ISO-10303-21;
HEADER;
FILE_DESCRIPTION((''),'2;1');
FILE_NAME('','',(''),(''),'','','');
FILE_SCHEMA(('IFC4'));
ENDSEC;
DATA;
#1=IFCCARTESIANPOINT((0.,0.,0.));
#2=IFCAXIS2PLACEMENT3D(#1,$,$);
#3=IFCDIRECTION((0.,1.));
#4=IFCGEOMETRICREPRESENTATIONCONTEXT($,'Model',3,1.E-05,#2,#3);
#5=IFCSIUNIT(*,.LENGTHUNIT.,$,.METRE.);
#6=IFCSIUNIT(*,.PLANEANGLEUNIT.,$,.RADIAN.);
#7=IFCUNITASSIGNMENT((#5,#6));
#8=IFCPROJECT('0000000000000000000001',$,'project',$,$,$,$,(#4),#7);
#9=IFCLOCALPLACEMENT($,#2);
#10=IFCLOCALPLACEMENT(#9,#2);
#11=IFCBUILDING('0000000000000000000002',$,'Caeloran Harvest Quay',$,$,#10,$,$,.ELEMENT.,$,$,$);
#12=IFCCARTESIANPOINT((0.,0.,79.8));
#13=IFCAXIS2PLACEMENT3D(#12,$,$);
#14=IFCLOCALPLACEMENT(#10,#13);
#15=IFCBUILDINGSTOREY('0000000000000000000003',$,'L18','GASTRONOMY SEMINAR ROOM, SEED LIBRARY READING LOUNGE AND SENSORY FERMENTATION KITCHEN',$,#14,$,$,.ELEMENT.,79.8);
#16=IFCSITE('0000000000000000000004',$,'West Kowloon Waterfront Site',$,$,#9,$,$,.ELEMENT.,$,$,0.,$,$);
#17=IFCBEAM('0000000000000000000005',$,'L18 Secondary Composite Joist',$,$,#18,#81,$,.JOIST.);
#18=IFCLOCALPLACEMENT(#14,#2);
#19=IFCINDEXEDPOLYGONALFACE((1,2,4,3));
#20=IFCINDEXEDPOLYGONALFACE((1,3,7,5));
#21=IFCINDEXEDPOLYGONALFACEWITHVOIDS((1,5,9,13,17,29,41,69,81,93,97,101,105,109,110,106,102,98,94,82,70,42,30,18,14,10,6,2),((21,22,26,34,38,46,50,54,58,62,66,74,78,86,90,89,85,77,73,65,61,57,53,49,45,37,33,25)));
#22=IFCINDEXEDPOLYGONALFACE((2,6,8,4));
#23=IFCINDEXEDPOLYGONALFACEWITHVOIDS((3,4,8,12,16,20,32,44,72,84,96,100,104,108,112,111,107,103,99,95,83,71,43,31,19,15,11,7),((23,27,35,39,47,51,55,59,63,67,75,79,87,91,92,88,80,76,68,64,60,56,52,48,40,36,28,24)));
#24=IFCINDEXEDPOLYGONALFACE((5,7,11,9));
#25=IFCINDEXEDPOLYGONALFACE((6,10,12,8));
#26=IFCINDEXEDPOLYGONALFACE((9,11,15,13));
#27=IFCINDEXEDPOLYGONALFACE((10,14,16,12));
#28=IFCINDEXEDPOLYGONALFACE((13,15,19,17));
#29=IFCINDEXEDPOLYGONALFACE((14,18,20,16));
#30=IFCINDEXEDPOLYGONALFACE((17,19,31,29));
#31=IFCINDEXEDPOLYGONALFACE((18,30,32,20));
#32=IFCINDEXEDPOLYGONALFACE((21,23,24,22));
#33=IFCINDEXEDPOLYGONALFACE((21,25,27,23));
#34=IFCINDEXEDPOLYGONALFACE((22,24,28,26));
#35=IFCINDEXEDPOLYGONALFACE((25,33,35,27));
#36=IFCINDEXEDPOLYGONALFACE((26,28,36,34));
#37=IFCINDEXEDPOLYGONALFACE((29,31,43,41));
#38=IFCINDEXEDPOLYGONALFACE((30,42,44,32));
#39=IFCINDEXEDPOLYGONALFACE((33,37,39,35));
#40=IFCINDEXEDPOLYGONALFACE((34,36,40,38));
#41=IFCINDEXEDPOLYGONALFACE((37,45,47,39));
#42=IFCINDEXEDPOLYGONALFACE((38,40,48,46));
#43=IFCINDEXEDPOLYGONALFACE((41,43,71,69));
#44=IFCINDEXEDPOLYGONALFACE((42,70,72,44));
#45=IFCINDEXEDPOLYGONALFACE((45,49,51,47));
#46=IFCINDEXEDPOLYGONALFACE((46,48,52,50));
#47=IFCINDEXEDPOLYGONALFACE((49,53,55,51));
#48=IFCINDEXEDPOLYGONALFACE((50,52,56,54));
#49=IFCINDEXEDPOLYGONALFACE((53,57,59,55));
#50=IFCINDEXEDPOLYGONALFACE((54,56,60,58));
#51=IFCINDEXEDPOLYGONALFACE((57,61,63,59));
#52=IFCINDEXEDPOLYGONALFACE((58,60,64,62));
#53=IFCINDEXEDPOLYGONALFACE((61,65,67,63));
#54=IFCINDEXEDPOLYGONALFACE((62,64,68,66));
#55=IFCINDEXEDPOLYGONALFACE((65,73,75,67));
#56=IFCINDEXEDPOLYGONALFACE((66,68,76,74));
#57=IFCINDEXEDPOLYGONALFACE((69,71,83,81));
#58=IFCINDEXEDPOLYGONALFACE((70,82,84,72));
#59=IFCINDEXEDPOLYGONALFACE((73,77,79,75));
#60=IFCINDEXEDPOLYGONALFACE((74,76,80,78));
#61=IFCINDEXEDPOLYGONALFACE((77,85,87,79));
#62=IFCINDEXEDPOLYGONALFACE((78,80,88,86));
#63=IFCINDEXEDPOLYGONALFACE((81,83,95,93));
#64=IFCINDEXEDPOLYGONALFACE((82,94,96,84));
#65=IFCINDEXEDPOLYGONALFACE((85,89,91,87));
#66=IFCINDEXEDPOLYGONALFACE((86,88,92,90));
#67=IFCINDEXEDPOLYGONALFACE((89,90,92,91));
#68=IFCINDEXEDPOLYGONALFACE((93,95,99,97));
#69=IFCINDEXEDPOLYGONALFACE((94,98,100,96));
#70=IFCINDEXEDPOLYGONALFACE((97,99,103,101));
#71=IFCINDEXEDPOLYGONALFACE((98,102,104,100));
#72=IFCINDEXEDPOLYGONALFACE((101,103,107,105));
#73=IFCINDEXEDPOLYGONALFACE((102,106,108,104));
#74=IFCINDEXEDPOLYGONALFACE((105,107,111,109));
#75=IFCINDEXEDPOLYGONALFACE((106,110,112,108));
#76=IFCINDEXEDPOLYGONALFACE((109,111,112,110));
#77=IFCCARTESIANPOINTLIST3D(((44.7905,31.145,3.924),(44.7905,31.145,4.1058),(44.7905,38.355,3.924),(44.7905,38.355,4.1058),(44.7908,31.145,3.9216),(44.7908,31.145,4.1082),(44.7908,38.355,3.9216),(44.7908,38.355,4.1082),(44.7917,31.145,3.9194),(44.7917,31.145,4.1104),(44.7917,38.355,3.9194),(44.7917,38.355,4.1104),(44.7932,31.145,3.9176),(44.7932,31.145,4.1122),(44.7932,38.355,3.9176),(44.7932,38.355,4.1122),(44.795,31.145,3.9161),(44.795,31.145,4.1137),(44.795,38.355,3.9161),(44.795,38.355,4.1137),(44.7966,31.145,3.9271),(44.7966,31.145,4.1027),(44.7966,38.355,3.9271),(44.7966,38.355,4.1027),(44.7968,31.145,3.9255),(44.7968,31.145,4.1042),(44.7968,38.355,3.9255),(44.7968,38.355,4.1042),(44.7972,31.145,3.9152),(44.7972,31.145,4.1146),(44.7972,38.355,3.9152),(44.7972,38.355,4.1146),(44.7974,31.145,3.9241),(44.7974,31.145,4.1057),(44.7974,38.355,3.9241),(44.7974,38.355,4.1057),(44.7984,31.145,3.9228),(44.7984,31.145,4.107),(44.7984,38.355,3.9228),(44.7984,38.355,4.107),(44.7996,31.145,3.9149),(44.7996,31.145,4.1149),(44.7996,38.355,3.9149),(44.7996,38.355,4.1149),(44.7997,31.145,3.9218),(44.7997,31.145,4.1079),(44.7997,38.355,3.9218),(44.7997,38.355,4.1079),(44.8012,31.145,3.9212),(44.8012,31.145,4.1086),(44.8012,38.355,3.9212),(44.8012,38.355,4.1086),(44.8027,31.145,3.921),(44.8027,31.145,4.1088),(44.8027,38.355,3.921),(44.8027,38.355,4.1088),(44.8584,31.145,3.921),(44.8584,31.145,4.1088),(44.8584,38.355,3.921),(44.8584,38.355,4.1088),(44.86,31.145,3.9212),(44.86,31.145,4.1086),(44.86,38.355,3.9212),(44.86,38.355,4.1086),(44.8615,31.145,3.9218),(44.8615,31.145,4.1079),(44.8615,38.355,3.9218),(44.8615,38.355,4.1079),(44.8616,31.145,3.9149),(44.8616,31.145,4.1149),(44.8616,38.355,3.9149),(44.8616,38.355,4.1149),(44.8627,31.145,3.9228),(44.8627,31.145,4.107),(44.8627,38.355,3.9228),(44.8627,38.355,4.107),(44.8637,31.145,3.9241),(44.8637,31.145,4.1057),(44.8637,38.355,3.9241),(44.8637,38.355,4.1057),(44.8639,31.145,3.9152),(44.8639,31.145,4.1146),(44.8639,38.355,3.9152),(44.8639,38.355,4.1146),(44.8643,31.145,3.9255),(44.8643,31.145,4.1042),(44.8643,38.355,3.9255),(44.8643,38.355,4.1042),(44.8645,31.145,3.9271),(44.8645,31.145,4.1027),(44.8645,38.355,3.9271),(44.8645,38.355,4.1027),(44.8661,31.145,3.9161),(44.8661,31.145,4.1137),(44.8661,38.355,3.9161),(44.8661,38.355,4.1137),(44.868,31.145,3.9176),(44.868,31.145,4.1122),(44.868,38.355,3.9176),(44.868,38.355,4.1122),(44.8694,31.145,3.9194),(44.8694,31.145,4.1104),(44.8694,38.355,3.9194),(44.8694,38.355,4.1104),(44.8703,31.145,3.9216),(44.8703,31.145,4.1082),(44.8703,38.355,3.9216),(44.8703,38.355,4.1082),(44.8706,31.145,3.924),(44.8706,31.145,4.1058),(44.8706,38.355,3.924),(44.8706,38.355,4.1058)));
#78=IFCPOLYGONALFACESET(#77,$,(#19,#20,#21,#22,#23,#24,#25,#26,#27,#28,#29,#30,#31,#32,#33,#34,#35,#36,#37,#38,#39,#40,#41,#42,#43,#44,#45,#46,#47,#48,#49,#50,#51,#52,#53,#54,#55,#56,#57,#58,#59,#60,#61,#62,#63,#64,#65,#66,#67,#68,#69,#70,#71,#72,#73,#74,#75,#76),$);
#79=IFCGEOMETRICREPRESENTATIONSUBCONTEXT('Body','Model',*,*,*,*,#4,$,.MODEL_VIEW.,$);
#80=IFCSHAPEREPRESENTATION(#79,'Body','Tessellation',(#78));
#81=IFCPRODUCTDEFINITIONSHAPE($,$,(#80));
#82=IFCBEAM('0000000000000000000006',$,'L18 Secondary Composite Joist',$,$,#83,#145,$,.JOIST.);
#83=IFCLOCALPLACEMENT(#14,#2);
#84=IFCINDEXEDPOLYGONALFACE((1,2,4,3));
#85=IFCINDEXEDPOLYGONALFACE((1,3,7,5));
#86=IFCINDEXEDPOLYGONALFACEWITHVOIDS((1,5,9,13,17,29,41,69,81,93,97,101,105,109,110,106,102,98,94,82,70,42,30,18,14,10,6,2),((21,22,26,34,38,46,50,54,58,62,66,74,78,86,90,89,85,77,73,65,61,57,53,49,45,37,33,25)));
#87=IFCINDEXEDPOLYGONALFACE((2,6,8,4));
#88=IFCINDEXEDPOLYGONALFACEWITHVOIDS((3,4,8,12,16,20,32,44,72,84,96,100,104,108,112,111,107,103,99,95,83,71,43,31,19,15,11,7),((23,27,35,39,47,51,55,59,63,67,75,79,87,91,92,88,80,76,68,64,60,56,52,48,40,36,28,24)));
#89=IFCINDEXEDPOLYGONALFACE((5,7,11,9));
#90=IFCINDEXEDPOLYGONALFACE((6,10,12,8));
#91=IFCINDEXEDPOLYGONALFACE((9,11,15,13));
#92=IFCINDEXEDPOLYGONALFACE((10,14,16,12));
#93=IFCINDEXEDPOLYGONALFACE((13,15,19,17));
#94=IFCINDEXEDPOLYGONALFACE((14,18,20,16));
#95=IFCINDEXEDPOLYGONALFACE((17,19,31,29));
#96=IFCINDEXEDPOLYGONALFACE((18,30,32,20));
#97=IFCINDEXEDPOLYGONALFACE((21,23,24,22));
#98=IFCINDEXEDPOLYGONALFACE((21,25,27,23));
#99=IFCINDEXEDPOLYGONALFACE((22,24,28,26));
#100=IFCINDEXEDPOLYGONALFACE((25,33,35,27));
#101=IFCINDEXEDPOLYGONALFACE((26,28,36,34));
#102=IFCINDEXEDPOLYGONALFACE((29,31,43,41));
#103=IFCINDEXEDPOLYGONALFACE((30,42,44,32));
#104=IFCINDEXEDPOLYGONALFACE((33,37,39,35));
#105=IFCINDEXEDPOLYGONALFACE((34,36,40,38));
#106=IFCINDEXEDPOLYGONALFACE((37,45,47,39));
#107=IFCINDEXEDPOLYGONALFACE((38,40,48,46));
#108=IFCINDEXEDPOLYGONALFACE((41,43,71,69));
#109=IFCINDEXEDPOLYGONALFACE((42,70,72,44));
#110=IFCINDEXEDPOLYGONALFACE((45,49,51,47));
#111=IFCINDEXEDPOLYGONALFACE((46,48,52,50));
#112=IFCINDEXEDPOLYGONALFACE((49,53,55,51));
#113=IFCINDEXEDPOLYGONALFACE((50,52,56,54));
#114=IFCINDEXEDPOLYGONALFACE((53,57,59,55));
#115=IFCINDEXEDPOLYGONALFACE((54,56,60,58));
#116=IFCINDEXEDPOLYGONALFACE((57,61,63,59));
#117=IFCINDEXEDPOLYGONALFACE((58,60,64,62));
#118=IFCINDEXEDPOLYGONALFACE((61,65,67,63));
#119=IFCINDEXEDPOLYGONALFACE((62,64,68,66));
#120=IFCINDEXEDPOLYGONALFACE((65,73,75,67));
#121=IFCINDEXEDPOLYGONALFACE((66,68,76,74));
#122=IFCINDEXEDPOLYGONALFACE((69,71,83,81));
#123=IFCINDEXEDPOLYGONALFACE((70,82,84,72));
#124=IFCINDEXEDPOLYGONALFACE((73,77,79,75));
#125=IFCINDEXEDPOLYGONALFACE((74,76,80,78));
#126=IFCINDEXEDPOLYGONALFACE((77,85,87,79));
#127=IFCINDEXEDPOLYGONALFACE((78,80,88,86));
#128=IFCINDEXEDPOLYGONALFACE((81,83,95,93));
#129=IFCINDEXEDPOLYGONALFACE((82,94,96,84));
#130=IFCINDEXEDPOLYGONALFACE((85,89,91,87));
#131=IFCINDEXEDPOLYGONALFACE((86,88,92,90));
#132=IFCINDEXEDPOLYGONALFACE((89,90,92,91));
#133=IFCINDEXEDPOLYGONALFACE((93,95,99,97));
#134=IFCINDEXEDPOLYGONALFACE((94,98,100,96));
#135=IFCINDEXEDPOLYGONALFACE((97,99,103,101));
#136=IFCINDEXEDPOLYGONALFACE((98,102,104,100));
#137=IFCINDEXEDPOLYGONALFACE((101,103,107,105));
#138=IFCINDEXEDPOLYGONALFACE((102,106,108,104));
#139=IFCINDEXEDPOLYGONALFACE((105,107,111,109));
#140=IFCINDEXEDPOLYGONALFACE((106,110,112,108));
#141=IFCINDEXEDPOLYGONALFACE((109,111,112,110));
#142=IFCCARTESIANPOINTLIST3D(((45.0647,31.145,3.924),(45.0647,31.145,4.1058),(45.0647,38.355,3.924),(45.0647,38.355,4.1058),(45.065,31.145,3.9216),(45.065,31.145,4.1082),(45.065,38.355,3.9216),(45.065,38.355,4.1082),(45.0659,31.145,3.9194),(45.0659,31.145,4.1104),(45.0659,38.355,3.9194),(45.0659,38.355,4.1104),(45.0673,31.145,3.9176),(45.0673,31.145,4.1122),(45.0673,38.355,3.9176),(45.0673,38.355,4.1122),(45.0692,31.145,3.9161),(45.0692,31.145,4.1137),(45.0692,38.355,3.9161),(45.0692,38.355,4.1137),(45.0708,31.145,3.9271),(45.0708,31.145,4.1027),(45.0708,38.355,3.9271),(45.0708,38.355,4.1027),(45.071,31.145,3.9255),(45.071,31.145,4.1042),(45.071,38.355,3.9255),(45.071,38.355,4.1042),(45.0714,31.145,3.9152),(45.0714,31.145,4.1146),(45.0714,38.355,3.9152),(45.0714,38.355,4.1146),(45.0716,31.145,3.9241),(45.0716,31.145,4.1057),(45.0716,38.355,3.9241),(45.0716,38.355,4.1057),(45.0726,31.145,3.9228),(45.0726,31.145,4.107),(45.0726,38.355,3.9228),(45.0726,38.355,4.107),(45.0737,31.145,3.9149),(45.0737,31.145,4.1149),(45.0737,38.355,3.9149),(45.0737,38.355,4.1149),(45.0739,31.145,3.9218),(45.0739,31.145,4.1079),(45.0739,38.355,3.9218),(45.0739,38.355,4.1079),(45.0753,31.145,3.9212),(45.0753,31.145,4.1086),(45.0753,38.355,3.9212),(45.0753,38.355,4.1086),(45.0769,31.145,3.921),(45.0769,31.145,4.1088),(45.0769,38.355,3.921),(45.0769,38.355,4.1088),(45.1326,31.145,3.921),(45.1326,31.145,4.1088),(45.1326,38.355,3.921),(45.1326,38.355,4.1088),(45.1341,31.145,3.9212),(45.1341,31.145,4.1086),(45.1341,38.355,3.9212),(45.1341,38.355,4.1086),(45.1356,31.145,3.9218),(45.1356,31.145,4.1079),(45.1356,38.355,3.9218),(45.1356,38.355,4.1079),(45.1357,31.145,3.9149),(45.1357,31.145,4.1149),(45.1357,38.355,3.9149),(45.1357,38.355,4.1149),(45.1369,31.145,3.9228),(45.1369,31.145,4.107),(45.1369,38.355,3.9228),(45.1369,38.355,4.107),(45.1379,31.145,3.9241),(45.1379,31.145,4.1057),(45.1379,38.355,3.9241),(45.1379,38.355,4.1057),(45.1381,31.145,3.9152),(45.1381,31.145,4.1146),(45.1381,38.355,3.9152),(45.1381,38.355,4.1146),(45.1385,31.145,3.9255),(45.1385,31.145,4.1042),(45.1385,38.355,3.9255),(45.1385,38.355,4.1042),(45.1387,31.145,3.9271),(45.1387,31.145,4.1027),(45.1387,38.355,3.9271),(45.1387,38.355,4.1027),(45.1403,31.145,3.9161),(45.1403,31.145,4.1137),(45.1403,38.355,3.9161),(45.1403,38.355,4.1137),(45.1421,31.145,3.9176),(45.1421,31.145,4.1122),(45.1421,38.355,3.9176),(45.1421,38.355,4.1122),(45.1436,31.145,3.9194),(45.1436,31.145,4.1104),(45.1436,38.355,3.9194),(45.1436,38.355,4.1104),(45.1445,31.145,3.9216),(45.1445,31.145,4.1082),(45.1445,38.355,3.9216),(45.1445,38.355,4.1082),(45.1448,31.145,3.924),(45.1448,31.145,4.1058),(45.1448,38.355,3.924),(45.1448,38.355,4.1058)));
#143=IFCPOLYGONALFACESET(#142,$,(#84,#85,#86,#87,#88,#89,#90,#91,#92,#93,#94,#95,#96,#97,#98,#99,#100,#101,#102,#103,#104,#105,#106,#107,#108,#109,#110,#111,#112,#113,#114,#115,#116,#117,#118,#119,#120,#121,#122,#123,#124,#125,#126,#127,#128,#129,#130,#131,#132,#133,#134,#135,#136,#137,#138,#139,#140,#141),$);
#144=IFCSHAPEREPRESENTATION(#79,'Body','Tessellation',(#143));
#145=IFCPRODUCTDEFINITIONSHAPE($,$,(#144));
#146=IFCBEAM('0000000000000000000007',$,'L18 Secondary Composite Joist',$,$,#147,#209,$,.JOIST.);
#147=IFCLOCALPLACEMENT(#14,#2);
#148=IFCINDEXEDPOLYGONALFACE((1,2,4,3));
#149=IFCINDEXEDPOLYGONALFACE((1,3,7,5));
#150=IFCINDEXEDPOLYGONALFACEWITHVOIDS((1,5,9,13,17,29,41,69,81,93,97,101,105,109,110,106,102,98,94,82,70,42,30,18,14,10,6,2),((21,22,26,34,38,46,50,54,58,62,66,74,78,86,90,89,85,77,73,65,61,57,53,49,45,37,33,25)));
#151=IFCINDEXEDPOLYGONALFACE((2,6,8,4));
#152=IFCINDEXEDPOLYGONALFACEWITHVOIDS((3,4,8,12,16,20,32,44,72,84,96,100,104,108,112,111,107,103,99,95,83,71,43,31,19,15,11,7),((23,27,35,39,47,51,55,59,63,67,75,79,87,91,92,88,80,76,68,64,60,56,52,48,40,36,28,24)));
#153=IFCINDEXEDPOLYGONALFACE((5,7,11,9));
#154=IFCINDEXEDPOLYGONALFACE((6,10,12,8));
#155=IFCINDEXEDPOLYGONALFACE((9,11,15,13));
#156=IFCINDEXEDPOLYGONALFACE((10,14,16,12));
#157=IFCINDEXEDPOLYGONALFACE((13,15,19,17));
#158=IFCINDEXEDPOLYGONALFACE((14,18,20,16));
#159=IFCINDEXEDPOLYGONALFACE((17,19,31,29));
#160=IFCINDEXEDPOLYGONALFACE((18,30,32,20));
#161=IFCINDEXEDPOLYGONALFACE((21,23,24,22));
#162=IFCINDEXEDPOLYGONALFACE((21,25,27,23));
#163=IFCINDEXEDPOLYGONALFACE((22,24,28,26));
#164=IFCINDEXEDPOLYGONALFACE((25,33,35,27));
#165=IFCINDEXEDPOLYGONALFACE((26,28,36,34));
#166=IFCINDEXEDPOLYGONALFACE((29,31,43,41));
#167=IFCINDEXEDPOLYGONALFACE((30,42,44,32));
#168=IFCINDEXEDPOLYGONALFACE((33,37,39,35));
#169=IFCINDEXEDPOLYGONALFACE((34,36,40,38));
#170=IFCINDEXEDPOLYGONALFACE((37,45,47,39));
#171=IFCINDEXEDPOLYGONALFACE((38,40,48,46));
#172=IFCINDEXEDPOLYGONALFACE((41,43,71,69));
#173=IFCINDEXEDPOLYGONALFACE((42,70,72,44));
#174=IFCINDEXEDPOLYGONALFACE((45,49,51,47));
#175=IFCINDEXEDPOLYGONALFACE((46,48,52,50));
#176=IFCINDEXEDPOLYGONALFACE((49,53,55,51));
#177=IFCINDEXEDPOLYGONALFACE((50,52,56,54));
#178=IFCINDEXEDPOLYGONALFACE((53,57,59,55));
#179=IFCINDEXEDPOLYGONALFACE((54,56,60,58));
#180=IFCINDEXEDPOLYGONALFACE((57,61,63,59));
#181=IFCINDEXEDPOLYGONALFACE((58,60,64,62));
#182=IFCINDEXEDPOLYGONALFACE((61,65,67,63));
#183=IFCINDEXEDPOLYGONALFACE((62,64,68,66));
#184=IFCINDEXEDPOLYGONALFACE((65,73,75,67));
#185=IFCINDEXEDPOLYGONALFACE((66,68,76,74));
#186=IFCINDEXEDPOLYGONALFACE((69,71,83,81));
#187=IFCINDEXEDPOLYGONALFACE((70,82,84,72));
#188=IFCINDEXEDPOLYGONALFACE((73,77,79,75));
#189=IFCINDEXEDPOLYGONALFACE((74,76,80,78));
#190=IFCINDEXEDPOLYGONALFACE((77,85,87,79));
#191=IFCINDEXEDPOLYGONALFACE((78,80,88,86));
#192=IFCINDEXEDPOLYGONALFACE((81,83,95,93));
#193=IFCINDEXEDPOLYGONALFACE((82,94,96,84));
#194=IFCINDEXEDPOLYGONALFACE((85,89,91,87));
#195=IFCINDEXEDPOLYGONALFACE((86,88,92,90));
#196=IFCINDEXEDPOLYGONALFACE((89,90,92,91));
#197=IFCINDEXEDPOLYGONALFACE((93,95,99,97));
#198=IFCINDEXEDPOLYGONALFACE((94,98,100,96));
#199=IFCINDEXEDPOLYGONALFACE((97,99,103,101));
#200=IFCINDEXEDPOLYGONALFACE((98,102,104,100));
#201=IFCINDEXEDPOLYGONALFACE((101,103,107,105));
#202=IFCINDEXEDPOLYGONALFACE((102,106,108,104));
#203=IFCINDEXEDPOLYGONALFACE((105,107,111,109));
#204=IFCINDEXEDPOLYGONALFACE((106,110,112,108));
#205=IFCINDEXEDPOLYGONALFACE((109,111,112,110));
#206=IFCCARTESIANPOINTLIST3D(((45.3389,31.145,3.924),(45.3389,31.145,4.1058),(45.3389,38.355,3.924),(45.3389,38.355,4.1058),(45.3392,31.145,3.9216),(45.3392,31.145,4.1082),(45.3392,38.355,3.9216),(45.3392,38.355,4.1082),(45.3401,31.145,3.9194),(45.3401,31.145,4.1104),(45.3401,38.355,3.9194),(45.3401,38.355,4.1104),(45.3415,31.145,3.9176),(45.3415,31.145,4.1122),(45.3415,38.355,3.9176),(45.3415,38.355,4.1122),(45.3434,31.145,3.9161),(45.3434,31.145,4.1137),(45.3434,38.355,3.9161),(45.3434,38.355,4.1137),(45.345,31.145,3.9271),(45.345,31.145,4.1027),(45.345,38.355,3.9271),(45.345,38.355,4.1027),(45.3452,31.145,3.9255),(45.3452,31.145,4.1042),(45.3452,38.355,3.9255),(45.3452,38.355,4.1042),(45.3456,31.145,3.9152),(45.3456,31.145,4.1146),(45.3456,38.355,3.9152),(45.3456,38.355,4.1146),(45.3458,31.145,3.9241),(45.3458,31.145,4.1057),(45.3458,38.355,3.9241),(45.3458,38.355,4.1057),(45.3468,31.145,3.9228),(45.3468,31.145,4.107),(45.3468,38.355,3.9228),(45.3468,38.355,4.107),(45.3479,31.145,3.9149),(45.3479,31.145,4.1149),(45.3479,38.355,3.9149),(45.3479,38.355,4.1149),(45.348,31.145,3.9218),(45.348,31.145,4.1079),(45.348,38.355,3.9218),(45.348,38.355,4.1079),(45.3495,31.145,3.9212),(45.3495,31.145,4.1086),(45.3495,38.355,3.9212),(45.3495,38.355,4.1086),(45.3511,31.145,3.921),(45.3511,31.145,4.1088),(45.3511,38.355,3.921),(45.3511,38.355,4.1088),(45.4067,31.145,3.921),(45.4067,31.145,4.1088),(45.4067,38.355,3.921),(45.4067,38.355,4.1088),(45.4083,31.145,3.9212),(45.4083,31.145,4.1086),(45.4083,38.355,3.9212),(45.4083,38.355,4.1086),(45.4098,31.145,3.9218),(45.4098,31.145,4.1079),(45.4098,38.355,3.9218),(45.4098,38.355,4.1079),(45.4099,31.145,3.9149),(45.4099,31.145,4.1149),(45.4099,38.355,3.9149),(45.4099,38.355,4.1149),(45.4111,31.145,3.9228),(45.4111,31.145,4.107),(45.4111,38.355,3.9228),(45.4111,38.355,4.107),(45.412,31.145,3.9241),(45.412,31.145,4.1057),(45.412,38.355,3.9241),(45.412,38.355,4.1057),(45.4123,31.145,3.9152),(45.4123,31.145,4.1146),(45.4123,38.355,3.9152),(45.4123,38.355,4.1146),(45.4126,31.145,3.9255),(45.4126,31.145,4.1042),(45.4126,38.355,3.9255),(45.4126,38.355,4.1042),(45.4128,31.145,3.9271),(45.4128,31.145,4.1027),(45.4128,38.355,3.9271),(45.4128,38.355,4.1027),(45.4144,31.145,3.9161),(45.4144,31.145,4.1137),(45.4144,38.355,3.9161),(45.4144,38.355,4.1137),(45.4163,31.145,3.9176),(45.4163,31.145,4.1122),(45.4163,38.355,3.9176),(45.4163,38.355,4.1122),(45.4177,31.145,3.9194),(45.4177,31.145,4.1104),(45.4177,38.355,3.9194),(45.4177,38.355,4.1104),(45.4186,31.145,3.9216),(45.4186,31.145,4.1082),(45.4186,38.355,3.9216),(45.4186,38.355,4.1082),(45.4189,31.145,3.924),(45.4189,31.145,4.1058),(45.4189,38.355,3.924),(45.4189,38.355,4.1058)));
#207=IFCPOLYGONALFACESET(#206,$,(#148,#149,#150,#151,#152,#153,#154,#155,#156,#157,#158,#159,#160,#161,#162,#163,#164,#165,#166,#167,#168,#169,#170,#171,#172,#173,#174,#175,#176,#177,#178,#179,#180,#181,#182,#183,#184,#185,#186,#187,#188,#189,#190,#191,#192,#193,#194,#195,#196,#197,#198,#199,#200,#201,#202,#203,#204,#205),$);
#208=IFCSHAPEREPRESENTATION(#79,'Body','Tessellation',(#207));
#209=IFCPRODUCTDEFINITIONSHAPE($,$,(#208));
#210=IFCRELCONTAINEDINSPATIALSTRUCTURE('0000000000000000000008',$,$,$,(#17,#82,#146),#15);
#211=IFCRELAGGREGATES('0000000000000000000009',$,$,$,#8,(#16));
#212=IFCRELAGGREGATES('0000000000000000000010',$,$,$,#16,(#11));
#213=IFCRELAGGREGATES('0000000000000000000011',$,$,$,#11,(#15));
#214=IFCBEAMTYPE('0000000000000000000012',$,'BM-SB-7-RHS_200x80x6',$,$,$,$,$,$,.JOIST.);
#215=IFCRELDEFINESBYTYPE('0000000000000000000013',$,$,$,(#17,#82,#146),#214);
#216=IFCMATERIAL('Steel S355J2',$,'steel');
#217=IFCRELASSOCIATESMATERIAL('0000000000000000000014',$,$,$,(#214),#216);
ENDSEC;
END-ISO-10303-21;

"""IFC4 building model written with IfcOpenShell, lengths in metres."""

from ifc_helpers import new_model, si_unit, direction, frame, origin, origin_2d, place, context, subcontext, project, spatial, hollow_rectangle, extrude, material, material_profile, profile_set, type_object, element, save


model = new_model("IFC4")

# Units and contexts
model_context = context("Model", 3, precision=1e-05, world=origin(), true_north=direction((0.0, 1.0)))
body_context = subcontext(model_context, "Body", "Model", "MODEL_VIEW")
ifc_project = project(units=[si_unit("LENGTHUNIT", "METRE"), si_unit("PLANEANGLEUNIT", "RADIAN")], contexts=[model_context])

# Site, building, storey
site_placement = place(None, origin())
site = spatial("IfcSite", under=ifc_project, at=site_placement, Name="West Kowloon Waterfront Site", CompositionType="ELEMENT", RefElevation=0.0)
building_placement = place(site_placement, origin())
building = spatial("IfcBuilding", under=site, at=building_placement, Name="Caeloran Harvest Quay", CompositionType="ELEMENT")
storey_placement = place(building_placement, frame((0.0, 0.0, 79.8)))
storey = spatial("IfcBuildingStorey", under=building, at=storey_placement, Name="L18", Description="GASTRONOMY SEMINAR ROOM, SEED LIBRARY READING LOUNGE AND SENSORY FERMENTATION KITCHEN", CompositionType="ELEMENT", Elevation=79.8)

# Beams
ifc_material_1 = material(Name="Steel S355J2", Category="steel")
ifc_material_profile_1 = material_profile(ifc_material_1, hollow_rectangle(XDim=0.0801, YDim=0.2, WallThickness=0.0061, InnerFilletRadius=0.0061, OuterFilletRadius=0.009, at=origin_2d()), Name="RHS 200x80x6")
ifc_profile_set_1 = profile_set([ifc_material_profile_1], Name="Steel S355J2")
beam_type_1 = type_object("IfcBeamType", Name="BM-SB-7-RHS_200x80x6", PredefinedType="JOIST", material=ifc_profile_set_1)
for number, where, z_axis, x_axis, name in (
    (1, (44.8306, 31.145, 4.0149), (0.0, 1.0, 0.0), (-1.0, 0.0, 0.0), "L18 Secondary Composite Joist"),
    (2, (45.1047, 31.145, 4.0149), (0.0, 1.0, 0.0), (-1.0, 0.0, 0.0), "L18 Secondary Composite Joist"),
    (3, (45.3789, 31.145, 4.0149), (0.0, 1.0, 0.0), (-1.0, 0.0, 0.0), "L18 Secondary Composite Joist"),
):
    element("IfcBeam", number, at=place(storey_placement, frame(where, z_axis=z_axis, x_axis=x_axis)), inside=storey, type_object=beam_type_1, Name=name, PredefinedType="JOIST", context=body_context, shape_type="SweptSolid", body=[
        extrude(hollow_rectangle(XDim=0.0801, YDim=0.2, WallThickness=0.0061, InnerFilletRadius=0.0061, OuterFilletRadius=0.009, at=origin_2d()), origin(), (0.0, 0.0, 1.0), 7.21),
    ])

save(model, "model.ifc")
